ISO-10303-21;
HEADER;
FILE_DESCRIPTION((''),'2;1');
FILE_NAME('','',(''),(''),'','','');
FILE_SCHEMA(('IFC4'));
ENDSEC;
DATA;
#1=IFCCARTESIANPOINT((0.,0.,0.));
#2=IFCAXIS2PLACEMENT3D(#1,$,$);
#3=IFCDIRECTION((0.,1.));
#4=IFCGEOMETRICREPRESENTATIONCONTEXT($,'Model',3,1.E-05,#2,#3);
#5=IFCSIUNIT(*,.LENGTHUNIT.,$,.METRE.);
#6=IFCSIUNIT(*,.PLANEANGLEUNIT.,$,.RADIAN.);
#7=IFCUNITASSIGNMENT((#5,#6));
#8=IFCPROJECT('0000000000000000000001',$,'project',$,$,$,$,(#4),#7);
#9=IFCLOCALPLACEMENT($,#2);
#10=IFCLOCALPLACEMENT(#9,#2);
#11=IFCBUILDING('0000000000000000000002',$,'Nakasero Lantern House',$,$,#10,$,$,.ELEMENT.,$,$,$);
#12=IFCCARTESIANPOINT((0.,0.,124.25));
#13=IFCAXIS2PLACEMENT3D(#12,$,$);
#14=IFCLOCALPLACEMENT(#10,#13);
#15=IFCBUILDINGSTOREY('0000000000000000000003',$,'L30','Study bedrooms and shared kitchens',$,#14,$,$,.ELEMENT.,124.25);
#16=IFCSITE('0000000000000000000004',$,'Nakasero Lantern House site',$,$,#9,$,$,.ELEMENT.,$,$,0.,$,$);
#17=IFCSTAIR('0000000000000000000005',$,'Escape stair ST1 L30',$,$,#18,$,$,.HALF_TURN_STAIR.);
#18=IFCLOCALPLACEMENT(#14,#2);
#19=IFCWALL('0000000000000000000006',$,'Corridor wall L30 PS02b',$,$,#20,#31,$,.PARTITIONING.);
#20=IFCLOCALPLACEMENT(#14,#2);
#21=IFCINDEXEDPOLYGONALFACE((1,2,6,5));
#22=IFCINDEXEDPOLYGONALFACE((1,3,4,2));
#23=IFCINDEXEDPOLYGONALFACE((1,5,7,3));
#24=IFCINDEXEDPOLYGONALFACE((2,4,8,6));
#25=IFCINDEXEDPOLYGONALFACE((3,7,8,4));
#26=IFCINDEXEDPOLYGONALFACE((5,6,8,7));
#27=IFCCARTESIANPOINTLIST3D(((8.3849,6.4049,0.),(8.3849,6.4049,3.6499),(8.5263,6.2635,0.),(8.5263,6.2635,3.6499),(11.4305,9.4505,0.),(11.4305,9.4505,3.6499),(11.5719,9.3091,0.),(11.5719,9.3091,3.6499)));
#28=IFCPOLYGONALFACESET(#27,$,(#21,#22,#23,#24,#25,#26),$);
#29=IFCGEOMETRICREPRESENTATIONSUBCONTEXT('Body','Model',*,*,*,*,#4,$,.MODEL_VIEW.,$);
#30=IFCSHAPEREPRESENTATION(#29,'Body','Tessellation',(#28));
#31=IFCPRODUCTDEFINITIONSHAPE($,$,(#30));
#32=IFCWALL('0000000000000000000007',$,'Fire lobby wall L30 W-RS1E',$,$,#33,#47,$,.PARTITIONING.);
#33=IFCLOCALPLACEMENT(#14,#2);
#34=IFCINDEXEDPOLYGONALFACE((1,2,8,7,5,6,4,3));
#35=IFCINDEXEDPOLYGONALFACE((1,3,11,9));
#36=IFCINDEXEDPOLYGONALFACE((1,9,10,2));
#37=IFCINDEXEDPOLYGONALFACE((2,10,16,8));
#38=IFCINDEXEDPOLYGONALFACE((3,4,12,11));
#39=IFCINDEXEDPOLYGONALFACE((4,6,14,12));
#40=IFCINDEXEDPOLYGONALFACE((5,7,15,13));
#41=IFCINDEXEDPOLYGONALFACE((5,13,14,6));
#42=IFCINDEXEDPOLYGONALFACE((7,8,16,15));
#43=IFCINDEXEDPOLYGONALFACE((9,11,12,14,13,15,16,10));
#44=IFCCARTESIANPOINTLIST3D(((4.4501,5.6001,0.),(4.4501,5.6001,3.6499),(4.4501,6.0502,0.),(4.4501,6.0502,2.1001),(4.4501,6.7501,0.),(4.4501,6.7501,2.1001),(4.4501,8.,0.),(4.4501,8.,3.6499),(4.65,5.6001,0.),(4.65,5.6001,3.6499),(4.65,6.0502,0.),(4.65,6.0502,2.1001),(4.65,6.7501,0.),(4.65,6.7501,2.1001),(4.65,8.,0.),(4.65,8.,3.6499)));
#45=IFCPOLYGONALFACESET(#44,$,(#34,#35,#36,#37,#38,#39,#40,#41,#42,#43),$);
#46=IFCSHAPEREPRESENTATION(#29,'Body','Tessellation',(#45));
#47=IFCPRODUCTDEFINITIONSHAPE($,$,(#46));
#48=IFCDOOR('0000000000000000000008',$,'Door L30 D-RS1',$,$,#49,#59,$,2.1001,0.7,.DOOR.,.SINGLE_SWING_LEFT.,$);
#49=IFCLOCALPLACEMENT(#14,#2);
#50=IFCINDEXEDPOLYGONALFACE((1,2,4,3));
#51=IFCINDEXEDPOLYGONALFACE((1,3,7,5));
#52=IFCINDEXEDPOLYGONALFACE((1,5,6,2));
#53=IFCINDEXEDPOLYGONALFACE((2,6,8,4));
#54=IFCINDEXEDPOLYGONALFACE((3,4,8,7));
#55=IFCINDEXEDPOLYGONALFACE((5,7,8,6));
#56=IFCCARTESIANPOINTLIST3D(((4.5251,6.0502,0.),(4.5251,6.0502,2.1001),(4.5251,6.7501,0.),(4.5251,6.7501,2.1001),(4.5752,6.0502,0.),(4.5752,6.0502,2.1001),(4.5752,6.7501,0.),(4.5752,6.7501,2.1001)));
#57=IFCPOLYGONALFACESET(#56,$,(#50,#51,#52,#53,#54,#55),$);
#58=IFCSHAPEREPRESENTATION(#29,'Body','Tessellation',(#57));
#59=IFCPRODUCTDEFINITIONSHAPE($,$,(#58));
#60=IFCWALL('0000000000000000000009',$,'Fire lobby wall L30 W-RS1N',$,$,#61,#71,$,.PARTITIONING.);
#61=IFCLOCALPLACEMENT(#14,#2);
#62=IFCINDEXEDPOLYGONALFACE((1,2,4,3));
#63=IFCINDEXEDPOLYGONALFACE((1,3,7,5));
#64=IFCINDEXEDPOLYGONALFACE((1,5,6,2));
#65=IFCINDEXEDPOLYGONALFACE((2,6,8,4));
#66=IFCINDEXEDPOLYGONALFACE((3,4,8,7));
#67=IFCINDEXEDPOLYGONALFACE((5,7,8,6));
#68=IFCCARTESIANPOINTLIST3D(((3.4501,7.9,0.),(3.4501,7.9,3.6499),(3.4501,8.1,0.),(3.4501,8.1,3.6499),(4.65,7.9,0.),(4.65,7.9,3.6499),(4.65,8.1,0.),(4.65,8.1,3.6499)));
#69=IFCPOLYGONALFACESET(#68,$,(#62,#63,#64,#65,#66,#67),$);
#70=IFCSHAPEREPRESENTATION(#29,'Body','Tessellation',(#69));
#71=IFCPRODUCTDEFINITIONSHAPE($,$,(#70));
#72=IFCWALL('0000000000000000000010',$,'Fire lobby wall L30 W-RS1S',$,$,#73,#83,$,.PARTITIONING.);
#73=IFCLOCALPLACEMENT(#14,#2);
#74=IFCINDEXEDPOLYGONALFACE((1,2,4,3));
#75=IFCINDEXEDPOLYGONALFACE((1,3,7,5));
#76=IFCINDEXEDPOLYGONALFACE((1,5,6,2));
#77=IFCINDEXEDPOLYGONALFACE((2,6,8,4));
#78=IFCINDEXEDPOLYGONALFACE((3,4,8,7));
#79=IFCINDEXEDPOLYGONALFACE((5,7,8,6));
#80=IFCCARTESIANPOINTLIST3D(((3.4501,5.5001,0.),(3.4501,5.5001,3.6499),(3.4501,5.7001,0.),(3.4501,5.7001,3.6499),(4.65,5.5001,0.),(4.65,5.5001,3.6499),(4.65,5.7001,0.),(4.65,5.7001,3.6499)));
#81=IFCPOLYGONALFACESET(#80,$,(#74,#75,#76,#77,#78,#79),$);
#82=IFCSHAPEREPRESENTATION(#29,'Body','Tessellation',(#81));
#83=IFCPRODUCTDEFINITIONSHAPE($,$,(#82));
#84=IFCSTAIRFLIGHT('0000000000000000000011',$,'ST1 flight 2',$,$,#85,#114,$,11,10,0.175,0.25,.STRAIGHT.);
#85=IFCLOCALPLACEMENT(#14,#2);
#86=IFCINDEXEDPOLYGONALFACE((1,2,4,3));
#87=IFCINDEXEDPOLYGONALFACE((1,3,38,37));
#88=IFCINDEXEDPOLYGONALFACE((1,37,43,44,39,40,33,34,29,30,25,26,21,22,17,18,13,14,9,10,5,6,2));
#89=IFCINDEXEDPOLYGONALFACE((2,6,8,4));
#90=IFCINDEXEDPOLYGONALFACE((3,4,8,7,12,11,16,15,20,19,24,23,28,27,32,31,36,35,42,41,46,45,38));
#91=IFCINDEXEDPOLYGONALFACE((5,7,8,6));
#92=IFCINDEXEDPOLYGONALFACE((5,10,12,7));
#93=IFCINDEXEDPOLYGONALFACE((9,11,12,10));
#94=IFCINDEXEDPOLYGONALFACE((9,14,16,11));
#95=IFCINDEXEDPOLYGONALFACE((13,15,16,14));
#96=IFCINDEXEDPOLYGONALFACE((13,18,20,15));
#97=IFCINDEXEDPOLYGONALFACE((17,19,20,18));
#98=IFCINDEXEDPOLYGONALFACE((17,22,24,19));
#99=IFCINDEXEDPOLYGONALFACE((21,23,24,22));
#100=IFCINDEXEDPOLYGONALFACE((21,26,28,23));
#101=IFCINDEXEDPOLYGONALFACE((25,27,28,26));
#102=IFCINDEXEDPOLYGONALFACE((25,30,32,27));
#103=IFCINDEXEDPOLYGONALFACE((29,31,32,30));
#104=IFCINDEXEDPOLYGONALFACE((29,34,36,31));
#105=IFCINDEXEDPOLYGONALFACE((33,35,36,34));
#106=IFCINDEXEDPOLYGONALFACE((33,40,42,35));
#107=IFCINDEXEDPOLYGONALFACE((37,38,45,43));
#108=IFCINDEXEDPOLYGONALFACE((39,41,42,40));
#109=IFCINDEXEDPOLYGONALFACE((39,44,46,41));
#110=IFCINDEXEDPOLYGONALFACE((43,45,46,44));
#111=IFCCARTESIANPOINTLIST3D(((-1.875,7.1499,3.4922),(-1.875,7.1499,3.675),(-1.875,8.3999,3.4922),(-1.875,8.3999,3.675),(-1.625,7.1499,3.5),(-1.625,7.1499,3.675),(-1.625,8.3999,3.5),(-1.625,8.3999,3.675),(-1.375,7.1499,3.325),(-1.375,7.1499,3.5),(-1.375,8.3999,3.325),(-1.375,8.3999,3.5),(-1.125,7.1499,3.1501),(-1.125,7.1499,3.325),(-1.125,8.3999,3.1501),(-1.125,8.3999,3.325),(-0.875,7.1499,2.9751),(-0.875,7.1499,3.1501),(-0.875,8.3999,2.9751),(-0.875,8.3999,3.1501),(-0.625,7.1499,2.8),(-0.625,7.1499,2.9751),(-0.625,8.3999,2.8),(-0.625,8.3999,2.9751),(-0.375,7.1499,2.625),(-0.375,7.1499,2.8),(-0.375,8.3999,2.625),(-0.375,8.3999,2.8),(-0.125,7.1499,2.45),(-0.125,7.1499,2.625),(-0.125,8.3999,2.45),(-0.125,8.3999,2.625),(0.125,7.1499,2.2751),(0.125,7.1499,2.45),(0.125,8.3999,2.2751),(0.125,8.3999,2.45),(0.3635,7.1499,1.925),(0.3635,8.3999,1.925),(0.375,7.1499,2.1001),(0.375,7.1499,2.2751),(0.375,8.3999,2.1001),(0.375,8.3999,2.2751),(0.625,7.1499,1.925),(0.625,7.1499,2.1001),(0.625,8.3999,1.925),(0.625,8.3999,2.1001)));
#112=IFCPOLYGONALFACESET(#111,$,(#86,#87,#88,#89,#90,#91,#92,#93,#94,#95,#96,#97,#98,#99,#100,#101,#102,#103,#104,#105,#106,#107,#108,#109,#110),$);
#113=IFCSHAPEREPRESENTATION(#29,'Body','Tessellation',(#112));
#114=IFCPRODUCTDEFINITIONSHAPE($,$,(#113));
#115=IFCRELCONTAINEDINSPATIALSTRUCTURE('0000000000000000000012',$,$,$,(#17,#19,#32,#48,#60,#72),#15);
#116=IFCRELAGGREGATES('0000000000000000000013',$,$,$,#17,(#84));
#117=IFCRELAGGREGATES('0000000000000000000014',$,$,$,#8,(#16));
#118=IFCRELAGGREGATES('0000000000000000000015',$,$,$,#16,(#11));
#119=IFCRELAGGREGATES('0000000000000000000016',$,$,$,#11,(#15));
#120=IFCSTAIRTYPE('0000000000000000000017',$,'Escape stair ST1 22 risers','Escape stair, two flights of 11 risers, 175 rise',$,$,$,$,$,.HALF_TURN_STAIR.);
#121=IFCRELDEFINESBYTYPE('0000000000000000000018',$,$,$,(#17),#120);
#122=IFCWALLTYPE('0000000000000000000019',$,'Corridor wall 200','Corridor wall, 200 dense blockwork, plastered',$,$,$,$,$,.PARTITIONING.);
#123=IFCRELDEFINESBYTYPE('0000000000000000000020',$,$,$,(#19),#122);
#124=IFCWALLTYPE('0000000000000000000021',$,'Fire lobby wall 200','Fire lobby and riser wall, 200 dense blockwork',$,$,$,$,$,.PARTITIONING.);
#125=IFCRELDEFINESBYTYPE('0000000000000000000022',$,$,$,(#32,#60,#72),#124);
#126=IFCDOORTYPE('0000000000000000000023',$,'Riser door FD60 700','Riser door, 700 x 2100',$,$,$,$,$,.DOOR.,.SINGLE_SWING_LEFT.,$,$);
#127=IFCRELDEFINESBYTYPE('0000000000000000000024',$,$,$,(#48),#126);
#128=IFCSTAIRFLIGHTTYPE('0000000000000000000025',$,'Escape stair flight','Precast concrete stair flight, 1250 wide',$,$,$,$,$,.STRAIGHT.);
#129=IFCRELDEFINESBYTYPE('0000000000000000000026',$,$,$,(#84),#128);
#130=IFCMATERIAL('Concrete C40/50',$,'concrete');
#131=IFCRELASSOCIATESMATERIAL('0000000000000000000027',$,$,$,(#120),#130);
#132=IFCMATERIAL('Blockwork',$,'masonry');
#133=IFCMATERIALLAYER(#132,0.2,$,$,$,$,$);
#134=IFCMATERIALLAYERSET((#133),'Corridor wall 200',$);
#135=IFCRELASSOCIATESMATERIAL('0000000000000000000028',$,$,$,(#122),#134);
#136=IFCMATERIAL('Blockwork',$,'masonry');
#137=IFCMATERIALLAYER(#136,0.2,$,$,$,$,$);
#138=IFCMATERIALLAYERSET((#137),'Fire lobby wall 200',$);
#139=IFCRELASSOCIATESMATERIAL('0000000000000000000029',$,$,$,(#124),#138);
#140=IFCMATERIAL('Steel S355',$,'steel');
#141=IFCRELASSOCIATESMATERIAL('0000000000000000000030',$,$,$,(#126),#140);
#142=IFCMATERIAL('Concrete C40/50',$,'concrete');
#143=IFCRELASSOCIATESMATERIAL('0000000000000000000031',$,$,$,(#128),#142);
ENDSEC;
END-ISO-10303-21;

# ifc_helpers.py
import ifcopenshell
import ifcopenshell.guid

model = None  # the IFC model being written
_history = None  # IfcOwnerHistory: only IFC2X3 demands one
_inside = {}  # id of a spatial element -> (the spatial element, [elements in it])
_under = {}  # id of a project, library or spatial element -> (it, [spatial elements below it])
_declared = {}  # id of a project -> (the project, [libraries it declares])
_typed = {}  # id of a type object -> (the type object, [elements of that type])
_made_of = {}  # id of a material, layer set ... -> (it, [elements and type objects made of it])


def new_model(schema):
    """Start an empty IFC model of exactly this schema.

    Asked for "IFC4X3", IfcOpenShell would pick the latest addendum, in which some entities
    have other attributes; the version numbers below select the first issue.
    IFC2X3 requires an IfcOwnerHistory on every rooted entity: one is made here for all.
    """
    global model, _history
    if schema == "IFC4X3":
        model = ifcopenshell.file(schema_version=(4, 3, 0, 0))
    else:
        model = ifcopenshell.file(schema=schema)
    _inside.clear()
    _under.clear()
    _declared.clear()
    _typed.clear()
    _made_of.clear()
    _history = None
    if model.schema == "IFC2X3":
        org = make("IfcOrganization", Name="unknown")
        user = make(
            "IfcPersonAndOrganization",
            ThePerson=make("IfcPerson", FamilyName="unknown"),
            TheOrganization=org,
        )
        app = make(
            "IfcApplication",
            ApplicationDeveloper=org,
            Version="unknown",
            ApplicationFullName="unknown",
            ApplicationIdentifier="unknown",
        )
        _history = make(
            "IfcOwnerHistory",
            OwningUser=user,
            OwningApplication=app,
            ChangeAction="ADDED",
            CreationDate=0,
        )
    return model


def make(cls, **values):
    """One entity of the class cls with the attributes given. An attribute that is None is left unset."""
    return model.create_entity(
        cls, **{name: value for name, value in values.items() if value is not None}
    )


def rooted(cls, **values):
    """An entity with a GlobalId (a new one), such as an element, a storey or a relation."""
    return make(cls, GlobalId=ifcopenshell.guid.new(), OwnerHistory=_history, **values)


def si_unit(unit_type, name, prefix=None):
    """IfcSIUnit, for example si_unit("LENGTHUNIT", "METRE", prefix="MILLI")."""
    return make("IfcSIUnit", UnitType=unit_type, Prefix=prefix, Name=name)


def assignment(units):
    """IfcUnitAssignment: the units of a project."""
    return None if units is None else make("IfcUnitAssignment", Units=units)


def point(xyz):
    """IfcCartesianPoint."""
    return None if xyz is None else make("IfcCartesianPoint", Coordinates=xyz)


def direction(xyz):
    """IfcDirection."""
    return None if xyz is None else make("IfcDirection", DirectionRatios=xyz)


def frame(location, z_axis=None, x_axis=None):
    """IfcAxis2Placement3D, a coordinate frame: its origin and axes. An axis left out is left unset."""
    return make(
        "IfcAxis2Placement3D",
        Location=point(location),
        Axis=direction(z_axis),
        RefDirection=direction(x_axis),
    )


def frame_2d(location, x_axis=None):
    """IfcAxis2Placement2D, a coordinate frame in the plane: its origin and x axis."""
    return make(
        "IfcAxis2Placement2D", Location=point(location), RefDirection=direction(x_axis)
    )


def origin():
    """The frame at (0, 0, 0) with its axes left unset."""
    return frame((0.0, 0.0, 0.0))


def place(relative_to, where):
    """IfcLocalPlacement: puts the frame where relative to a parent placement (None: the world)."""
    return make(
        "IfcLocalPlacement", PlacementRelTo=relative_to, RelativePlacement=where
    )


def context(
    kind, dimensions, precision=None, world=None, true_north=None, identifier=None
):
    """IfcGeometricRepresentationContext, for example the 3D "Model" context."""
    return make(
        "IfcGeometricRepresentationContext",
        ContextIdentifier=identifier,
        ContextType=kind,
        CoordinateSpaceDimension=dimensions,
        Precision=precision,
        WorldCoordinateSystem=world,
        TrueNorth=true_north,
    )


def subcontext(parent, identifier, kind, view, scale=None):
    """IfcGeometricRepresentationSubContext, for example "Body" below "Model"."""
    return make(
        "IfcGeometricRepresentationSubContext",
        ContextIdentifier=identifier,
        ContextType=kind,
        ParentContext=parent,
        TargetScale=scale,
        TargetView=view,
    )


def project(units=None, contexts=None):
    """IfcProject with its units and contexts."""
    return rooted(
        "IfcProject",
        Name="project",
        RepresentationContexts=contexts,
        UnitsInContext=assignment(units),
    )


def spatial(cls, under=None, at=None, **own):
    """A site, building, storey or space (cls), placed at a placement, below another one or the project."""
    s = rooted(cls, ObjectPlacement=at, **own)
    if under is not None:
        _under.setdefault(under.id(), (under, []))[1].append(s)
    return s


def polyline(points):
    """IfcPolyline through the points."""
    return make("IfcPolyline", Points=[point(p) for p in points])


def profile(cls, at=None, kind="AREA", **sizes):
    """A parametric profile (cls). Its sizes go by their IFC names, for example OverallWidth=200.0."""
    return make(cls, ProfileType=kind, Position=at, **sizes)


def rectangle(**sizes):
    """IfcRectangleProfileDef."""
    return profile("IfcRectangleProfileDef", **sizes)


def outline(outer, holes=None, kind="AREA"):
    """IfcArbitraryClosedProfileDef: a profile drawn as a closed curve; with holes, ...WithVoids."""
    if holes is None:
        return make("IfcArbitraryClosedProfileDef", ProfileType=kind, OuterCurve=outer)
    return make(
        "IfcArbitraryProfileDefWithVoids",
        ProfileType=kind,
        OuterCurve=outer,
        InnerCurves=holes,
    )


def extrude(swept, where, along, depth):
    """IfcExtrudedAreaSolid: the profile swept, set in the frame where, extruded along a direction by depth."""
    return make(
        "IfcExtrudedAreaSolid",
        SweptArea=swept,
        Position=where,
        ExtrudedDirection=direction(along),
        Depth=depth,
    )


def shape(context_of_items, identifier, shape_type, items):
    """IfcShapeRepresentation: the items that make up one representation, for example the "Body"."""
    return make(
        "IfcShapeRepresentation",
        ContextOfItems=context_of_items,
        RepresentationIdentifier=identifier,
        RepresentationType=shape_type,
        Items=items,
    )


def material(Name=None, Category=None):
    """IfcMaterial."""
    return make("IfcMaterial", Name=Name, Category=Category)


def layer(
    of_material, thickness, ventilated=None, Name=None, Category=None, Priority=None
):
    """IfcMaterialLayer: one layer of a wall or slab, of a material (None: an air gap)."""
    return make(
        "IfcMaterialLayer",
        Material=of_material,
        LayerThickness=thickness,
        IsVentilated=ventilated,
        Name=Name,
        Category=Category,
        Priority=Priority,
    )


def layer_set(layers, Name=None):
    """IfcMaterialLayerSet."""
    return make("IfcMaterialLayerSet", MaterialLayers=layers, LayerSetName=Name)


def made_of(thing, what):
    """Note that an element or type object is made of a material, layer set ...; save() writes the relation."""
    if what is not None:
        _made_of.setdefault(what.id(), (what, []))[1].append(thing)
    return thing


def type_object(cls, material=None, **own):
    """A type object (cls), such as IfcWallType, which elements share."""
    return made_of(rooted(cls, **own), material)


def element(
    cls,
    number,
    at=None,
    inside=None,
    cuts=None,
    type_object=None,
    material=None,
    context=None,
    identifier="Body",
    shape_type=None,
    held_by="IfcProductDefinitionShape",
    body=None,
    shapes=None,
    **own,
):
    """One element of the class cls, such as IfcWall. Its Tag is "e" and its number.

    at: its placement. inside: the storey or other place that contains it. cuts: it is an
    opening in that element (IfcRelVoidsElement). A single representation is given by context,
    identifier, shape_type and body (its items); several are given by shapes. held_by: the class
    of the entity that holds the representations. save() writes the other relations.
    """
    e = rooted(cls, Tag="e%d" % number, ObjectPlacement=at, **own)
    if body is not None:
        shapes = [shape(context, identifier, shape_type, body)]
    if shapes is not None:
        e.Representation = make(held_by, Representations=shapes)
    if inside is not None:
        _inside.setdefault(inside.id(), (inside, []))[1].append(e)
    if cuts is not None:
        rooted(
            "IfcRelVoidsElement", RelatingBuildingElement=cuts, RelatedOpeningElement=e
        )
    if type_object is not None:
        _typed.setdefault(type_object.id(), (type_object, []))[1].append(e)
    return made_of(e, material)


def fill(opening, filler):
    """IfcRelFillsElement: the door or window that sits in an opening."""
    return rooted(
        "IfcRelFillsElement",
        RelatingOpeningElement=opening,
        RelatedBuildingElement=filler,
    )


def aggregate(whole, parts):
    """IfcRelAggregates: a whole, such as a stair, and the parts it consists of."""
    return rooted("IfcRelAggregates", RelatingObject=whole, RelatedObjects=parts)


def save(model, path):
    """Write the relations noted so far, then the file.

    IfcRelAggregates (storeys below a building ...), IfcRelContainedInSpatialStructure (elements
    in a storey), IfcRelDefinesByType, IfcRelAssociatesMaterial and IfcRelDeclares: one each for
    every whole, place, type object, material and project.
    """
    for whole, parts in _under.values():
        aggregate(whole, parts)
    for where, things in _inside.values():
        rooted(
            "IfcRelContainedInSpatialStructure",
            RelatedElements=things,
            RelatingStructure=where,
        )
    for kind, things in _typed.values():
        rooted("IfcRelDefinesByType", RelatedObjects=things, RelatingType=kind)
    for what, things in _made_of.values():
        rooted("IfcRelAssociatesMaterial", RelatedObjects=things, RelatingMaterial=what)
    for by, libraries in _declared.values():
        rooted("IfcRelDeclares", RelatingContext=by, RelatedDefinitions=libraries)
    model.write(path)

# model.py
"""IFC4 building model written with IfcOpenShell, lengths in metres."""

from ifc_helpers import new_model, si_unit, direction, frame, frame_2d, origin, place, context, subcontext, project, spatial, polyline, rectangle, outline, extrude, material, layer, layer_set, type_object, element, fill, aggregate, save


model = new_model("IFC4")

# Units and contexts
model_context = context("Model", 3, precision=1e-05, world=origin(), true_north=direction((0.0, 1.0)))
body_context = subcontext(model_context, "Body", "Model", "MODEL_VIEW")
ifc_project = project(units=[si_unit("LENGTHUNIT", "METRE"), si_unit("PLANEANGLEUNIT", "RADIAN")], contexts=[model_context])

# Site, building, storey
site_placement = place(None, origin())
site = spatial("IfcSite", under=ifc_project, at=site_placement, Name="Nakasero Lantern House site", CompositionType="ELEMENT", RefElevation=0.0)
building_placement = place(site_placement, origin())
building = spatial("IfcBuilding", under=site, at=building_placement, Name="Nakasero Lantern House", CompositionType="ELEMENT")
storey_placement = place(building_placement, frame((0.0, 0.0, 124.25)))
storey = spatial("IfcBuildingStorey", under=building, at=storey_placement, Name="L30", Description="Study bedrooms and shared kitchens", CompositionType="ELEMENT", Elevation=124.25)

# Stair
ifc_material_1 = material(Name="Concrete C40/50", Category="concrete")
stair_type_1 = type_object("IfcStairType", Name="Escape stair ST1 22 risers", Description="Escape stair, two flights of 11 risers, 175 rise", PredefinedType="HALF_TURN_STAIR", material=ifc_material_1)
stair_1_placement = place(storey_placement, origin())
stair_1 = element("IfcStair", 1, at=stair_1_placement, inside=storey, type_object=stair_type_1, Name="Escape stair ST1 L30", PredefinedType="HALF_TURN_STAIR")

# Wall
ifc_material_2 = material(Name="Blockwork", Category="masonry")
ifc_layer_1 = layer(ifc_material_2, 0.2)
ifc_layer_set_1 = layer_set([ifc_layer_1], Name="Corridor wall 200")
wall_type_1 = type_object("IfcWallType", Name="Corridor wall 200", Description="Corridor wall, 200 dense blockwork, plastered", PredefinedType="PARTITIONING", material=ifc_layer_set_1)
wall_1_placement = place(storey_placement, frame((8.4556, 6.3342, 0.0), z_axis=(0.0, 0.0, 1.0), x_axis=(0.707107, 0.707107, 0.0)))
element("IfcWall", 2, at=wall_1_placement, inside=storey, type_object=wall_type_1, Name="Corridor wall L30 PS02b", PredefinedType="PARTITIONING", context=body_context, shape_type="SweptSolid", body=[
    extrude(rectangle(XDim=4.3071, YDim=0.2, at=frame_2d((2.1536, 0.0))), origin(), (0.0, 0.0, 1.0), 3.6499),
])

# Wall, opening, door
ifc_material_3 = material(Name="Blockwork", Category="masonry")
ifc_layer_2 = layer(ifc_material_3, 0.2)
ifc_layer_set_2 = layer_set([ifc_layer_2], Name="Fire lobby wall 200")
wall_type_2 = type_object("IfcWallType", Name="Fire lobby wall 200", Description="Fire lobby and riser wall, 200 dense blockwork", PredefinedType="PARTITIONING", material=ifc_layer_set_2)
wall_2_placement = place(storey_placement, frame((4.55, 5.6001, 0.0), z_axis=(0.0, 0.0, 1.0), x_axis=(0.0, 1.0, 0.0)))
wall_2 = element("IfcWall", 3, at=wall_2_placement, inside=storey, type_object=wall_type_2, Name="Fire lobby wall L30 W-RS1E", PredefinedType="PARTITIONING", context=body_context, shape_type="SweptSolid", body=[
    extrude(rectangle(XDim=2.3999, YDim=0.2, at=frame_2d((1.2, 0.0))), origin(), (0.0, 0.0, 1.0), 3.6499),
])
opening_1_placement = place(wall_2_placement, frame((0.45, 0.0, 0.0)))
opening_1 = element("IfcOpeningElement", 4, at=opening_1_placement, cuts=wall_2, PredefinedType="OPENING", context=body_context, shape_type="SweptSolid", body=[
    extrude(rectangle(XDim=0.7, YDim=2.1001, at=frame_2d((0.3501, 1.05))), frame((0.0, 0.1199, 0.0), z_axis=(0.0, -1.0, 0.0), x_axis=(1.0, 0.0, 0.0)), (0.0, 0.0, 1.0), 0.24),
])
ifc_material_4 = material(Name="Steel S355", Category="steel")
door_type_1 = type_object("IfcDoorType", Name="Riser door FD60 700", Description="Riser door, 700 x 2100", OperationType="SINGLE_SWING_LEFT", PredefinedType="DOOR", material=ifc_material_4)
door_1_placement = place(opening_1_placement, origin())
door_1 = element("IfcDoor", 5, at=door_1_placement, inside=storey, type_object=door_type_1, Name="Door L30 D-RS1", OperationType="SINGLE_SWING_LEFT", OverallHeight=2.1001, OverallWidth=0.7, PredefinedType="DOOR", context=body_context, shape_type="SweptSolid", body=[
    extrude(rectangle(XDim=0.7, YDim=2.1001, at=frame_2d((0.3501, 1.05))), frame((0.0, 0.0249, 0.0), z_axis=(0.0, -1.0, 0.0), x_axis=(1.0, 0.0, 0.0)), (0.0, 0.0, 1.0), 0.05),
])
fill(opening_1, door_1)

# Walls
for number, where, z_axis, x_axis, name in (
    (6, (3.45, 8.0, 0.0), (0.0, 0.0, 1.0), (1.0, 0.0, 0.0), "Fire lobby wall L30 W-RS1N"),
    (7, (3.45, 5.6001, 0.0), (0.0, 0.0, 1.0), (1.0, 0.0, 0.0), "Fire lobby wall L30 W-RS1S"),
):
    element("IfcWall", number, at=place(storey_placement, frame(where, z_axis=z_axis, x_axis=x_axis)), inside=storey, type_object=wall_type_2, Name=name, PredefinedType="PARTITIONING", context=body_context, shape_type="SweptSolid", body=[
        extrude(rectangle(XDim=1.2, YDim=0.2, at=frame_2d((0.6001, 0.0))), origin(), (0.0, 0.0, 1.0), 3.6499),
    ])

# Stair flight
ifc_material_5 = material(Name="Concrete C40/50", Category="concrete")
stair_flight_type = type_object("IfcStairFlightType", Name="Escape stair flight", Description="Precast concrete stair flight, 1250 wide", PredefinedType="STRAIGHT", material=ifc_material_5)
stair_flight_placement = place(storey_placement, frame((0.625, 7.7749, 1.925), z_axis=(0.0, 0.0, 1.0), x_axis=(-1.0, 0.0, 0.0)))
stair_flight = element("IfcStairFlight", 8, at=stair_flight_placement, type_object=stair_flight_type, Name="ST1 flight 2", NumberOfRisers=11, NumberOfTreads=10, PredefinedType="STRAIGHT", RiserHeight=0.175, TreadLength=0.25, context=body_context, shape_type="SweptSolid", body=[
    extrude(outline(polyline([(0.0, 0.0), (0.0, 0.175), (0.25, 0.175), (0.25, 0.3501), (0.5, 0.3501), (0.5, 0.5249), (0.75, 0.5249), (0.75, 0.7), (1.0, 0.7), (1.0, 0.875), (1.25, 0.875), (1.25, 1.05), (1.5, 1.05), (1.5, 1.2251), (1.75, 1.2251), (1.75, 1.3999), (2.0, 1.3999), (2.0, 1.575), (2.25, 1.575), (2.25, 1.75), (2.5, 1.75), (2.5, 1.925), (2.5, 1.5671), (0.2615, 0.0), (0.0, 0.0)])), frame((0.0, 0.625, 0.0), z_axis=(0.0, -1.0, 0.0), x_axis=(1.0, 0.0, 0.0)), (0.0, 0.0, 1.0), 1.25),
])
aggregate(stair_1, [stair_flight])

save(model, "model.ifc")
